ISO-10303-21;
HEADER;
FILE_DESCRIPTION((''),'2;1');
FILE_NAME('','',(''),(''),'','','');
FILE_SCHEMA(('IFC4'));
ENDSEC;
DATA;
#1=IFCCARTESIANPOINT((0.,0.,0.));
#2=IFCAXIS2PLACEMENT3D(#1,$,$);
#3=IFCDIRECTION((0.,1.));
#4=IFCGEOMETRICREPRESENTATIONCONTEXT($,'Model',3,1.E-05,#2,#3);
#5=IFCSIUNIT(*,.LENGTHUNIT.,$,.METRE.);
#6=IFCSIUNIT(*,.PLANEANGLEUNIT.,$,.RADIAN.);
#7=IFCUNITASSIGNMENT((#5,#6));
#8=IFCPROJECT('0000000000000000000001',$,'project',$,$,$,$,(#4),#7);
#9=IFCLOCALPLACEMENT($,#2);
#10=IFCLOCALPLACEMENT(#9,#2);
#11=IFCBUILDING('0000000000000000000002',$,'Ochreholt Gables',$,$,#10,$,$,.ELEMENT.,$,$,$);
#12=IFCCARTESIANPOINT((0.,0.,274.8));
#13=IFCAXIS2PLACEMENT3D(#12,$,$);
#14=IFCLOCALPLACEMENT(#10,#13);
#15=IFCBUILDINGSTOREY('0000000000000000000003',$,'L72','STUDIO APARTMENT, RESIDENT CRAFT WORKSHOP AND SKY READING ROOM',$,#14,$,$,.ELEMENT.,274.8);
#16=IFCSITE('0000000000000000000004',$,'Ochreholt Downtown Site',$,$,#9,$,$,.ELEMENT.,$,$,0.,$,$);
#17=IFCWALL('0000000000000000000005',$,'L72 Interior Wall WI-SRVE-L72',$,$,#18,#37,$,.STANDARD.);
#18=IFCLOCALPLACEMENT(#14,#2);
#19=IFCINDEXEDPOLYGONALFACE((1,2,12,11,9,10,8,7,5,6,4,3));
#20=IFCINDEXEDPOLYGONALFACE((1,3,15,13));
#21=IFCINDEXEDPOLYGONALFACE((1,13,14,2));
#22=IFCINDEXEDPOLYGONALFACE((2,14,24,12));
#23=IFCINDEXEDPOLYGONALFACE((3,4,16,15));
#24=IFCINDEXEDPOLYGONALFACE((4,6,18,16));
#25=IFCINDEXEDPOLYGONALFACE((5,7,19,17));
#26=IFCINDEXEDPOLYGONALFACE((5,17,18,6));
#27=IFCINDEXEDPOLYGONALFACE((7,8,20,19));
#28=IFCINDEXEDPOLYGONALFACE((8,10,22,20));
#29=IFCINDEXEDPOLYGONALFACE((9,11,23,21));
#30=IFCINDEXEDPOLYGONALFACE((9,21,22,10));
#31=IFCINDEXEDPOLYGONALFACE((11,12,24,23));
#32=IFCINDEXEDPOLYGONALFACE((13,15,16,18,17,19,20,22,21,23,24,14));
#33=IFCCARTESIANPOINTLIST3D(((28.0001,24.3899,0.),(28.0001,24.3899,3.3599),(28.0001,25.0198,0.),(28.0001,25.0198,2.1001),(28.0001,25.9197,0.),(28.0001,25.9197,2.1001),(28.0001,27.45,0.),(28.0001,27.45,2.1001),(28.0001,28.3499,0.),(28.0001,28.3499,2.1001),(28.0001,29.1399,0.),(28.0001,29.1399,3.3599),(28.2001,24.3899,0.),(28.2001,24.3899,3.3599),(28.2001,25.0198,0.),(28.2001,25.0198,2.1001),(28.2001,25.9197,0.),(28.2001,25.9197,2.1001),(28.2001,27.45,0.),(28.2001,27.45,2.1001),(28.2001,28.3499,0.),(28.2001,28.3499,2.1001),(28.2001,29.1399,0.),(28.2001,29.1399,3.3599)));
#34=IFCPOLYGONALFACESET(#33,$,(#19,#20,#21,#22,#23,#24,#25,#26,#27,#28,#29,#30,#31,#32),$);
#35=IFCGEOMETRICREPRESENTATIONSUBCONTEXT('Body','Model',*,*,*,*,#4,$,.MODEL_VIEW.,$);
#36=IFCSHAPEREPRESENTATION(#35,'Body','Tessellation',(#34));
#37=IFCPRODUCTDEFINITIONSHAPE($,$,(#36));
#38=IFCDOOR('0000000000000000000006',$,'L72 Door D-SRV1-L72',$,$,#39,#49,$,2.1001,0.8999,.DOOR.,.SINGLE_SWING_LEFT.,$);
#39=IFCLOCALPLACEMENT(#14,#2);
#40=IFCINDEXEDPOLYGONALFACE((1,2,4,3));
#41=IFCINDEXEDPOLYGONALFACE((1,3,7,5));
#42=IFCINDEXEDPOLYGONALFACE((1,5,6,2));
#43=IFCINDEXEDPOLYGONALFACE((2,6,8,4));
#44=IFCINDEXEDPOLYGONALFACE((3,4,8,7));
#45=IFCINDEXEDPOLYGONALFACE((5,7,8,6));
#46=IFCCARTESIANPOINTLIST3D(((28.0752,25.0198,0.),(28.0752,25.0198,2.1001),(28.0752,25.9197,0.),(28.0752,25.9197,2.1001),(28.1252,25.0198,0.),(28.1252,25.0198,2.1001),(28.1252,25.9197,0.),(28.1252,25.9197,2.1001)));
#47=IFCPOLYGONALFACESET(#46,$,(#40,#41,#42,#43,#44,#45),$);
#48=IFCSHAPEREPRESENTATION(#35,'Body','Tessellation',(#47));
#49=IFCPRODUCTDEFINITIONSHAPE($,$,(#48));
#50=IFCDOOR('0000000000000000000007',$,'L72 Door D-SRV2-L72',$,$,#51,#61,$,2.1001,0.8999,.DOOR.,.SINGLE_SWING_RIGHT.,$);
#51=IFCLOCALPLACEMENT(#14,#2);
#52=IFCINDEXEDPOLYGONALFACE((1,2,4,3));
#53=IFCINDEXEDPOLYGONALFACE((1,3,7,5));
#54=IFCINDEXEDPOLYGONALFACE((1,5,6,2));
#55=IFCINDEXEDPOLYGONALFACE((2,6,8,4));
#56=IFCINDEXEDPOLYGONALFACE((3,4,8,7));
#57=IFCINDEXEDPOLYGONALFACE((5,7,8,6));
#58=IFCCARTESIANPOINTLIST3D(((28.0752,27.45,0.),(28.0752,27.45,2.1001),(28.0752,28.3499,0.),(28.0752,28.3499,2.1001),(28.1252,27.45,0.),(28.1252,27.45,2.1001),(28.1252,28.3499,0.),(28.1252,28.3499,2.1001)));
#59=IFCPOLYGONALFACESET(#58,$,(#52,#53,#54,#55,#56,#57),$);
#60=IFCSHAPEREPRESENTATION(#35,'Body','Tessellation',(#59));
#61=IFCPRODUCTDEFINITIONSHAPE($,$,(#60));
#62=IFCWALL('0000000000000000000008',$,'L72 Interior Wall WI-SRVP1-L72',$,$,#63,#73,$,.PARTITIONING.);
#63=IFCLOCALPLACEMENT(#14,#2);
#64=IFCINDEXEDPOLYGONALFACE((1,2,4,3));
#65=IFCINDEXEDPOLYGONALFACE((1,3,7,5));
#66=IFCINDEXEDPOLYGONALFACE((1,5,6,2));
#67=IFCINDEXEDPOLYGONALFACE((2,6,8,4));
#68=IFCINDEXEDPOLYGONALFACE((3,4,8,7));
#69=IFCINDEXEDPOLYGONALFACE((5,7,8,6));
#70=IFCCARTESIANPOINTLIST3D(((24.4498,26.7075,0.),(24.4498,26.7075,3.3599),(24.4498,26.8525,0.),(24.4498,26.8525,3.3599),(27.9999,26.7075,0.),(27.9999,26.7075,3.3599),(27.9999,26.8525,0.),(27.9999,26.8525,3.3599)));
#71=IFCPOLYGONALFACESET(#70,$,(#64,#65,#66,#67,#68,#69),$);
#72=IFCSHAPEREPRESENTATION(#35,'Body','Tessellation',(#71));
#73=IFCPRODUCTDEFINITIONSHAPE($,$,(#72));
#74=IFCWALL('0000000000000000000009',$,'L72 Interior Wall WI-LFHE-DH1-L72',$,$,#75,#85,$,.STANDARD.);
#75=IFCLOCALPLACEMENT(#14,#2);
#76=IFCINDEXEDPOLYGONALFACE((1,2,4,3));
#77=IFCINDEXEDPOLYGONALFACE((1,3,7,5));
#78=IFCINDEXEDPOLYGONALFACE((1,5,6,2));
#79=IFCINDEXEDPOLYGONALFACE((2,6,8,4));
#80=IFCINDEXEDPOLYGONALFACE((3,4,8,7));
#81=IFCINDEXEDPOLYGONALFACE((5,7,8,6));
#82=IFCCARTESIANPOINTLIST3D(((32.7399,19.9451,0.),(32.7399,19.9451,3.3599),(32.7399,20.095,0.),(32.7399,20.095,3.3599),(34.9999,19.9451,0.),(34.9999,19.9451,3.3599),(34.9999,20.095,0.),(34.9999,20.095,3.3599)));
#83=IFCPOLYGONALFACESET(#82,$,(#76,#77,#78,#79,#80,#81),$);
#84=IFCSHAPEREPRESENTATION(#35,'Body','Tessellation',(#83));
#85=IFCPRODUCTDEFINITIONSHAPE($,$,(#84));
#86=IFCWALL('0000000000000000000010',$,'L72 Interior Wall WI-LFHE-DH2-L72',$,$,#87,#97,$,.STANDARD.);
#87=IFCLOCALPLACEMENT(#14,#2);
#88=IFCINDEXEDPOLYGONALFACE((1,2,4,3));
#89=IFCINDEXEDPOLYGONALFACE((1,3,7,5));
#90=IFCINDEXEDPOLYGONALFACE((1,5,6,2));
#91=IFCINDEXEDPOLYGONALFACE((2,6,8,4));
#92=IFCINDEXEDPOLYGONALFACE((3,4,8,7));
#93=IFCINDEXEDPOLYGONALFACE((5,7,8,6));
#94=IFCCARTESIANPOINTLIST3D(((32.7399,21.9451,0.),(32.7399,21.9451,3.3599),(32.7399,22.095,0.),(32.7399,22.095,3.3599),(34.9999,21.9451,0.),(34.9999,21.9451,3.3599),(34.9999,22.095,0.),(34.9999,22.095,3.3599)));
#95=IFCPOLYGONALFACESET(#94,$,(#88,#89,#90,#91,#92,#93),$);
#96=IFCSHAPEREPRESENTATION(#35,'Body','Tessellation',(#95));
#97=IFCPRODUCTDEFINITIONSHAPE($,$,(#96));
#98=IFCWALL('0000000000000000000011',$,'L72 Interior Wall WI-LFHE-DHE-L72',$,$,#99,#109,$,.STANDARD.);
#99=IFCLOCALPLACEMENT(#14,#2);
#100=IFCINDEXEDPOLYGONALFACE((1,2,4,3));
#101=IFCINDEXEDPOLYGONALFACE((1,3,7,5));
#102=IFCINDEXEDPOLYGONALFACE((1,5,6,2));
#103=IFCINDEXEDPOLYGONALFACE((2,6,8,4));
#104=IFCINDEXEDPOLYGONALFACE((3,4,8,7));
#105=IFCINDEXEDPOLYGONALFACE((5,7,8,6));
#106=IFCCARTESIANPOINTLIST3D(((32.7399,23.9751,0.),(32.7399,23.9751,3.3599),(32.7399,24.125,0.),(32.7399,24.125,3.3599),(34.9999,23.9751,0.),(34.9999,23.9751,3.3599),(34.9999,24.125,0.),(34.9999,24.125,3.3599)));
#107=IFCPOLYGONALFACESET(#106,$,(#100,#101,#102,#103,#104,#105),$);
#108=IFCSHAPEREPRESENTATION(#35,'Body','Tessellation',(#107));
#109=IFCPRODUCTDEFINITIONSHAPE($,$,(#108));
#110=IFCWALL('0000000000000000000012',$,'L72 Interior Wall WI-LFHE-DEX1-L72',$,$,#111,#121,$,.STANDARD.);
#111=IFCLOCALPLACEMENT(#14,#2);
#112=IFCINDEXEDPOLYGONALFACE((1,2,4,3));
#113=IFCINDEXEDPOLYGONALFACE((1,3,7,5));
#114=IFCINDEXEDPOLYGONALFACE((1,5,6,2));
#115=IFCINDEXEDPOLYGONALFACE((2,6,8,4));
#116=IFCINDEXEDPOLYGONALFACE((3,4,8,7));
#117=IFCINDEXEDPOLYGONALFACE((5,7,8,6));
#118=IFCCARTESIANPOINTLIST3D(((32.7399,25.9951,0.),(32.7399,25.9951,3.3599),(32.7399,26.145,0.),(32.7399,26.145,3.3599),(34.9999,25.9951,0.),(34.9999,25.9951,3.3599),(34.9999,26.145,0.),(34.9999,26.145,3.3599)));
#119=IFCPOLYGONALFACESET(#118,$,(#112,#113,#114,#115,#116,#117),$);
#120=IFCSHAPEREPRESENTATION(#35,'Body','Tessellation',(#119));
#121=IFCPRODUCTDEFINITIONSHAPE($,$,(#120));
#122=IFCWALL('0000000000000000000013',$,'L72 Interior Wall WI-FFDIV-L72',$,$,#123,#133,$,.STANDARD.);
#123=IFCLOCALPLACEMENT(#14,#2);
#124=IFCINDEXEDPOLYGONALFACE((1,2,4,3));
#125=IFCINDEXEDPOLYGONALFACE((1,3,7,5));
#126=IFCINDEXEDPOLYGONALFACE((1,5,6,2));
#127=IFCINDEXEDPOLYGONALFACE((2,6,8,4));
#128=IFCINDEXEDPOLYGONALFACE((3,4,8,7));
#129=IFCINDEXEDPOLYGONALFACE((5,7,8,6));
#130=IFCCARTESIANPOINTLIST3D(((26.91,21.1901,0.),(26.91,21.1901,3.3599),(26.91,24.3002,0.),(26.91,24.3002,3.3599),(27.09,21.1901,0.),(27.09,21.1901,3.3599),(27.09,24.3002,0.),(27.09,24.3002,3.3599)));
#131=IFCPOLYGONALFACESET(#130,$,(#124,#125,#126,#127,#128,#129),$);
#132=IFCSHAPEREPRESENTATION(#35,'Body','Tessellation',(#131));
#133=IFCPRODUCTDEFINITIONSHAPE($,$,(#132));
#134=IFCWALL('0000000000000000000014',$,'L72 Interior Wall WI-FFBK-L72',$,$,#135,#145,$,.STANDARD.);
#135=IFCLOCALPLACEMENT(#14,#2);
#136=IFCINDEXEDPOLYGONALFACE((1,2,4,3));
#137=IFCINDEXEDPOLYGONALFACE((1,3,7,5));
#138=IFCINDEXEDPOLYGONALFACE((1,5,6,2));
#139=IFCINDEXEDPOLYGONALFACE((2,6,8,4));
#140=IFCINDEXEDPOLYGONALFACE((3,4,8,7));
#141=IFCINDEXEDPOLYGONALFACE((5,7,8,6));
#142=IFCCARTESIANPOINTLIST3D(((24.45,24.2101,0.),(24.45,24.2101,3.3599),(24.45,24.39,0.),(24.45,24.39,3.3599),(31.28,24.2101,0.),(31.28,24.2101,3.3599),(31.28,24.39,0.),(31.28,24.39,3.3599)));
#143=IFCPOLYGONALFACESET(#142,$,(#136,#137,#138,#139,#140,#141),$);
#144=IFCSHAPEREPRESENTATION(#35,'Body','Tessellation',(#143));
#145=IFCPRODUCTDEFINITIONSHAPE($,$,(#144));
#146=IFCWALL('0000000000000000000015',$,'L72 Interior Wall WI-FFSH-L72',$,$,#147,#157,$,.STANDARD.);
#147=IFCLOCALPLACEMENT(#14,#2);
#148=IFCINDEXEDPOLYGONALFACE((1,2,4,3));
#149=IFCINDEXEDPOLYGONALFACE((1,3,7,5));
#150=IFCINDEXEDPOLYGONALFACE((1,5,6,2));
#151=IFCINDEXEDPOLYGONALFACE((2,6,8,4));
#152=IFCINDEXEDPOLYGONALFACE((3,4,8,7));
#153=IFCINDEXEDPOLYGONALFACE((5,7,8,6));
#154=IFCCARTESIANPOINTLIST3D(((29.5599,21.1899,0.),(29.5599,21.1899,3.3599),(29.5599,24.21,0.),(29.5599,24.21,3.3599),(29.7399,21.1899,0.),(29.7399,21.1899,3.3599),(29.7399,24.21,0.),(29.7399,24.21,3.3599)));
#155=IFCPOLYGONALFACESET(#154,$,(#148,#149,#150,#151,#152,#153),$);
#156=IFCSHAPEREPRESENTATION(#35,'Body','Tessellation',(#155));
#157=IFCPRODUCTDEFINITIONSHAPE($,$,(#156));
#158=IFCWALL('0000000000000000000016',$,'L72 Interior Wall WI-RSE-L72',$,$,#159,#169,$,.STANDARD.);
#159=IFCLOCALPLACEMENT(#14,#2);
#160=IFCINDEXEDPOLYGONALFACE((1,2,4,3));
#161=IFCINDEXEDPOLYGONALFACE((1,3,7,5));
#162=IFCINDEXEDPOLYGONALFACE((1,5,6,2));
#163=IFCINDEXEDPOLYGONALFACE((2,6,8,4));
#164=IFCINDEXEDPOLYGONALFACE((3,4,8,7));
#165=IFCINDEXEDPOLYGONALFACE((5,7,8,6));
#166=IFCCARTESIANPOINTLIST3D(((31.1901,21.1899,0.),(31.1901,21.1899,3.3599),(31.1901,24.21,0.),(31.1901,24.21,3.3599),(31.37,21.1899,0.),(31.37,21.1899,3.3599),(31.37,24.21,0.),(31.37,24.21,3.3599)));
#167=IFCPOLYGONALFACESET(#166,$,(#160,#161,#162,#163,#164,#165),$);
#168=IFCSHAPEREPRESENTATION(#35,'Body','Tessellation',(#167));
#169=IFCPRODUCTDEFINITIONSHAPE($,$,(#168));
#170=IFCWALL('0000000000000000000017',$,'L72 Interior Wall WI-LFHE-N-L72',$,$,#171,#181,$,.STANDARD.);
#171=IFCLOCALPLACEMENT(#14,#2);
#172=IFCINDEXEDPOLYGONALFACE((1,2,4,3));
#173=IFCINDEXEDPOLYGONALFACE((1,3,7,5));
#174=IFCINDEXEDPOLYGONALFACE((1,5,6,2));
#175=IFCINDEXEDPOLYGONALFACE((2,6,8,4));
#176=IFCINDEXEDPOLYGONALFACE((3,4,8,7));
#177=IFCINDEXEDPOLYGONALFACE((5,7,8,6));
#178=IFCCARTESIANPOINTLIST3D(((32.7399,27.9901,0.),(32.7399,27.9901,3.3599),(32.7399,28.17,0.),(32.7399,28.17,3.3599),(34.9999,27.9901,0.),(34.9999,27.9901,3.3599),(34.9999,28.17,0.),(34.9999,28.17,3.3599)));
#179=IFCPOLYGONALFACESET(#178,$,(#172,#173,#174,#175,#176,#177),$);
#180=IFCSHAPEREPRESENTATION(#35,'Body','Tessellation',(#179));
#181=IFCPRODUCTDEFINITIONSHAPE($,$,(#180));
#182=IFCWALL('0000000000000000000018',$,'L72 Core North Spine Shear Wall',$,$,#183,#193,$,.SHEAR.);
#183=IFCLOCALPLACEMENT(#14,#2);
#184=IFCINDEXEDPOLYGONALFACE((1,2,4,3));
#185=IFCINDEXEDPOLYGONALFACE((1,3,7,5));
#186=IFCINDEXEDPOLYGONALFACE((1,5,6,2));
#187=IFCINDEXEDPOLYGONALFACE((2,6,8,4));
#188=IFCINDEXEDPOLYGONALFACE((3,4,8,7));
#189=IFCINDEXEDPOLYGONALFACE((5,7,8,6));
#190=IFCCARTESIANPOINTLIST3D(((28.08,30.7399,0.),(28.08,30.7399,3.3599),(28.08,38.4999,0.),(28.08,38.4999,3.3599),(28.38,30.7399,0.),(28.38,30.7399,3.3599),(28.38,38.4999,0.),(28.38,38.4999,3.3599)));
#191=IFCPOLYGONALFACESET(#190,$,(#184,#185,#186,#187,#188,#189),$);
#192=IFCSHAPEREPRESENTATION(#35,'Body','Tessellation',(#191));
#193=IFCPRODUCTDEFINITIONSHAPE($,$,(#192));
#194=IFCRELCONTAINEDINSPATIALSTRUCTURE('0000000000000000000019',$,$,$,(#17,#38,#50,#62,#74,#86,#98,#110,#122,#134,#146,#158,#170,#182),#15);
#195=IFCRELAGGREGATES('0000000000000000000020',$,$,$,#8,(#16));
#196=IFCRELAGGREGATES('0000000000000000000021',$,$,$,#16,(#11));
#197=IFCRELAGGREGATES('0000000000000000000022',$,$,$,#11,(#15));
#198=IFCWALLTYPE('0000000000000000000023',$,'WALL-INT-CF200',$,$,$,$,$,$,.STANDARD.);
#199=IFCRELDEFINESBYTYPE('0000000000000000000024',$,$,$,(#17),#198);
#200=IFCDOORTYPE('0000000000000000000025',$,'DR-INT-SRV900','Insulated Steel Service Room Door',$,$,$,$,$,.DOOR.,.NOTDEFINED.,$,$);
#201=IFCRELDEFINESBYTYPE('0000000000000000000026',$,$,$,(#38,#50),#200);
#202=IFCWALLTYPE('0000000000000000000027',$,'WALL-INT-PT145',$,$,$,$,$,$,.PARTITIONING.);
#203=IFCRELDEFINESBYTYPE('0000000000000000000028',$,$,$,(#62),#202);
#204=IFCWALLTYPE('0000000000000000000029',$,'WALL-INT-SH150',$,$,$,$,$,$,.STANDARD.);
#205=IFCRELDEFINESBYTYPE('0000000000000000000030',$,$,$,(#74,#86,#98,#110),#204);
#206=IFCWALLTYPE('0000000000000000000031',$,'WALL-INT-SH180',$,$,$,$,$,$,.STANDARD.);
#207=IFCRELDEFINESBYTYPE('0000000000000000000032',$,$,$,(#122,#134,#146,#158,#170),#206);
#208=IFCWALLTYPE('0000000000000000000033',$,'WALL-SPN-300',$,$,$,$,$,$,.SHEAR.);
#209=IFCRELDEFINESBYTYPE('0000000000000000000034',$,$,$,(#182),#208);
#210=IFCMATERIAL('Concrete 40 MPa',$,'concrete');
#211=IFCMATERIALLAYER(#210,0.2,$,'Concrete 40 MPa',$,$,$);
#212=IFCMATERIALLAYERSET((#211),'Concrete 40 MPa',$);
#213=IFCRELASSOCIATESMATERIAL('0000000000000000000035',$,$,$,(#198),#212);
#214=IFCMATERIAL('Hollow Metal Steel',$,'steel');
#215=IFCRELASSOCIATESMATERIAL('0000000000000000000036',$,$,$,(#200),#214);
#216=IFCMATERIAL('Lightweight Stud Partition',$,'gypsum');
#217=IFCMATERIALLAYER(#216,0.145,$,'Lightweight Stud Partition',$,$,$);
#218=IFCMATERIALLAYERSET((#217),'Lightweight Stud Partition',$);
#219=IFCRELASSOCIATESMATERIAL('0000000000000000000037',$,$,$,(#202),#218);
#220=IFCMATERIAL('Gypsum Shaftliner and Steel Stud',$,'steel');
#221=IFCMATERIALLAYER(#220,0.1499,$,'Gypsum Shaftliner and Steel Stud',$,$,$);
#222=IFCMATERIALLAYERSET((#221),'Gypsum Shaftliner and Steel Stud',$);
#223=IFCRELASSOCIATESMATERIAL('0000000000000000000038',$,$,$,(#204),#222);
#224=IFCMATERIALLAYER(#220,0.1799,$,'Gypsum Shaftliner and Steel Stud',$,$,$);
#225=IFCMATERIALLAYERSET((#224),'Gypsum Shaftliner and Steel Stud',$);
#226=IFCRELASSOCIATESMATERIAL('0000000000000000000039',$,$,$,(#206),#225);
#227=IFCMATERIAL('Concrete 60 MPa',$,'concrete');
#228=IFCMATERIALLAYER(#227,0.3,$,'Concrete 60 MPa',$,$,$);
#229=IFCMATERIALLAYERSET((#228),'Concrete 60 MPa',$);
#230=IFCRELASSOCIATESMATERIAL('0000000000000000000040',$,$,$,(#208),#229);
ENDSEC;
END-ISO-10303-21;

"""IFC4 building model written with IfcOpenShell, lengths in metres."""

from ifc_helpers import new_model, si_unit, direction, frame, frame_2d, origin, place, context, subcontext, project, spatial, rectangle, extrude, material, layer, layer_set, type_object, element, fill, save


model = new_model("IFC4")

# Units and contexts
model_context = context("Model", 3, precision=1e-05, world=origin(), true_north=direction((0.0, 1.0)))
body_context = subcontext(model_context, "Body", "Model", "MODEL_VIEW")
ifc_project = project(units=[si_unit("LENGTHUNIT", "METRE"), si_unit("PLANEANGLEUNIT", "RADIAN")], contexts=[model_context])

# Site, building, storey
site_placement = place(None, origin())
site = spatial("IfcSite", under=ifc_project, at=site_placement, Name="Ochreholt Downtown Site", CompositionType="ELEMENT", RefElevation=0.0)
building_placement = place(site_placement, origin())
building = spatial("IfcBuilding", under=site, at=building_placement, Name="Ochreholt Gables", CompositionType="ELEMENT")
storey_placement = place(building_placement, frame((0.0, 0.0, 274.8)))
storey = spatial("IfcBuildingStorey", under=building, at=storey_placement, Name="L72", Description="STUDIO APARTMENT, RESIDENT CRAFT WORKSHOP AND SKY READING ROOM", CompositionType="ELEMENT", Elevation=274.8)

# Shared definitions
ifc_material_1 = material(Name="Concrete 40 MPa", Category="concrete")
ifc_layer_1 = layer(ifc_material_1, 0.2, Name="Concrete 40 MPa")
ifc_layer_set_1 = layer_set([ifc_layer_1], Name="Concrete 40 MPa")
wall_type_1 = type_object("IfcWallType", Name="WALL-INT-CF200", PredefinedType="STANDARD", material=ifc_layer_set_1)

# Wall, openings, doors
wall_1_placement = place(storey_placement, frame((28.1001, 24.3899, 0.0), z_axis=(0.0, 0.0, 1.0), x_axis=(0.0, 1.0, 0.0)))
wall_1 = element("IfcWall", 1, at=wall_1_placement, inside=storey, type_object=wall_type_1, Name="L72 Interior Wall WI-SRVE-L72", PredefinedType="STANDARD", context=body_context, shape_type="SweptSolid", body=[
    extrude(rectangle(XDim=4.75, YDim=0.2, at=frame_2d((2.375, 0.0))), origin(), (0.0, 0.0, 1.0), 3.3599),
])
opening_1_placement = place(wall_1_placement, frame((0.6299, 0.0, 0.0)))
opening_1 = element("IfcOpeningElement", 2, at=opening_1_placement, cuts=wall_1, PredefinedType="OPENING", context=body_context, shape_type="SweptSolid", body=[
    extrude(rectangle(XDim=0.8999, YDim=2.1001, at=frame_2d((0.45, 1.05))), frame((0.0, 0.1099, 0.0), z_axis=(0.0, -1.0, 0.0), x_axis=(1.0, 0.0, 0.0)), (0.0, 0.0, 1.0), 0.22),
])
opening_2_placement = place(wall_1_placement, frame((3.0601, 0.0, 0.0)))
opening_2 = element("IfcOpeningElement", 3, at=opening_2_placement, cuts=wall_1, PredefinedType="OPENING", context=body_context, shape_type="SweptSolid", body=[
    extrude(rectangle(XDim=0.8999, YDim=2.1001, at=frame_2d((0.45, 1.05))), frame((0.0, 0.1099, 0.0), z_axis=(0.0, -1.0, 0.0), x_axis=(1.0, 0.0, 0.0)), (0.0, 0.0, 1.0), 0.22),
])
ifc_material_2 = material(Name="Hollow Metal Steel", Category="steel")
door_type_1 = type_object("IfcDoorType", Name="DR-INT-SRV900", Description="Insulated Steel Service Room Door", OperationType="NOTDEFINED", PredefinedType="DOOR", material=ifc_material_2)
door_1_placement = place(opening_1_placement, origin())
door_1 = element("IfcDoor", 4, at=door_1_placement, inside=storey, type_object=door_type_1, Name="L72 Door D-SRV1-L72", OperationType="SINGLE_SWING_LEFT", OverallHeight=2.1001, OverallWidth=0.8999, PredefinedType="DOOR", context=body_context, shape_type="SweptSolid", body=[
    extrude(rectangle(XDim=0.8999, YDim=2.1001, at=frame_2d((0.45, 1.05))), frame((0.0, 0.0249, 0.0), z_axis=(0.0, -1.0, 0.0), x_axis=(1.0, 0.0, 0.0)), (0.0, 0.0, 1.0), 0.05),
])
fill(opening_1, door_1)
door_2_placement = place(opening_2_placement, origin())
door_2 = element("IfcDoor", 5, at=door_2_placement, inside=storey, type_object=door_type_1, Name="L72 Door D-SRV2-L72", OperationType="SINGLE_SWING_RIGHT", OverallHeight=2.1001, OverallWidth=0.8999, PredefinedType="DOOR", context=body_context, shape_type="SweptSolid", body=[
    extrude(rectangle(XDim=0.8999, YDim=2.1001, at=frame_2d((0.45, 1.05))), frame((0.0, 0.0249, 0.0), z_axis=(0.0, -1.0, 0.0), x_axis=(1.0, 0.0, 0.0)), (0.0, 0.0, 1.0), 0.05),
])
fill(opening_2, door_2)

# Walls
ifc_material_3 = material(Name="Lightweight Stud Partition", Category="gypsum")
ifc_layer_2 = layer(ifc_material_3, 0.145, Name="Lightweight Stud Partition")
ifc_layer_set_2 = layer_set([ifc_layer_2], Name="Lightweight Stud Partition")
wall_type_2 = type_object("IfcWallType", Name="WALL-INT-PT145", PredefinedType="PARTITIONING", material=ifc_layer_set_2)
wall_2_placement = place(storey_placement, frame((24.45, 26.78, 0.0), z_axis=(0.0, 0.0, 1.0), x_axis=(1.0, 0.0, 0.0)))
element("IfcWall", 6, at=wall_2_placement, inside=storey, type_object=wall_type_2, Name="L72 Interior Wall WI-SRVP1-L72", PredefinedType="PARTITIONING", context=body_context, shape_type="SweptSolid", body=[
    extrude(rectangle(XDim=3.55, YDim=0.145, at=frame_2d((1.7749, 0.0))), origin(), (0.0, 0.0, 1.0), 3.3599),
])
ifc_material_4 = material(Name="Gypsum Shaftliner and Steel Stud", Category="steel")
ifc_layer_3 = layer(ifc_material_4, 0.1499, Name="Gypsum Shaftliner and Steel Stud")
ifc_layer_set_3 = layer_set([ifc_layer_3], Name="Gypsum Shaftliner and Steel Stud")
wall_type_3 = type_object("IfcWallType", Name="WALL-INT-SH150", PredefinedType="STANDARD", material=ifc_layer_set_3)
for number, where, z_axis, x_axis, name in (
    (7, (32.74, 20.02, 0.0), (0.0, 0.0, 1.0), (1.0, 0.0, 0.0), "L72 Interior Wall WI-LFHE-DH1-L72"),
    (8, (32.74, 22.02, 0.0), (0.0, 0.0, 1.0), (1.0, 0.0, 0.0), "L72 Interior Wall WI-LFHE-DH2-L72"),
    (9, (32.74, 24.05, 0.0), (0.0, 0.0, 1.0), (1.0, 0.0, 0.0), "L72 Interior Wall WI-LFHE-DHE-L72"),
    (10, (32.74, 26.0701, 0.0), (0.0, 0.0, 1.0), (1.0, 0.0, 0.0), "L72 Interior Wall WI-LFHE-DEX1-L72"),
):
    element("IfcWall", number, at=place(storey_placement, frame(where, z_axis=z_axis, x_axis=x_axis)), inside=storey, type_object=wall_type_3, Name=name, PredefinedType="STANDARD", context=body_context, shape_type="SweptSolid", body=[
        extrude(rectangle(XDim=2.26, YDim=0.1499, at=frame_2d((1.1299, 0.0))), origin(), (0.0, 0.0, 1.0), 3.3599),
    ])
ifc_layer_4 = layer(ifc_material_4, 0.1799, Name="Gypsum Shaftliner and Steel Stud")
ifc_layer_set_4 = layer_set([ifc_layer_4], Name="Gypsum Shaftliner and Steel Stud")
wall_type_4 = type_object("IfcWallType", Name="WALL-INT-SH180", PredefinedType="STANDARD", material=ifc_layer_set_4)
wall_3_placement = place(storey_placement, frame((27.0, 21.1899, 0.0), z_axis=(0.0, 0.0, 1.0), x_axis=(0.0, 1.0, 0.0)))
element("IfcWall", 11, at=wall_3_placement, inside=storey, type_object=wall_type_4, Name="L72 Interior Wall WI-FFDIV-L72", PredefinedType="STANDARD", context=body_context, shape_type="SweptSolid", body=[
    extrude(rectangle(XDim=3.1101, YDim=0.1799, at=frame_2d((1.5552, 0.0))), origin(), (0.0, 0.0, 1.0), 3.3599),
])
wall_4_placement = place(storey_placement, frame((24.45, 24.3, 0.0), z_axis=(0.0, 0.0, 1.0), x_axis=(1.0, 0.0, 0.0)))
element("IfcWall", 12, at=wall_4_placement, inside=storey, type_object=wall_type_4, Name="L72 Interior Wall WI-FFBK-L72", PredefinedType="STANDARD", context=body_context, shape_type="SweptSolid", body=[
    extrude(rectangle(XDim=6.8301, YDim=0.1799, at=frame_2d((3.415, 0.0))), origin(), (0.0, 0.0, 1.0), 3.3599),
])
for number, where, z_axis, x_axis, name in (
    (13, (29.6499, 21.1899, 0.0), (0.0, 0.0, 1.0), (0.0, 1.0, 0.0), "L72 Interior Wall WI-FFSH-L72"),
    (14, (31.28, 21.1899, 0.0), (0.0, 0.0, 1.0), (0.0, 1.0, 0.0), "L72 Interior Wall WI-RSE-L72"),
):
    element("IfcWall", number, at=place(storey_placement, frame(where, z_axis=z_axis, x_axis=x_axis)), inside=storey, type_object=wall_type_4, Name=name, PredefinedType="STANDARD", context=body_context, shape_type="SweptSolid", body=[
        extrude(rectangle(XDim=3.02, YDim=0.1799, at=frame_2d((1.51, 0.0))), origin(), (0.0, 0.0, 1.0), 3.3599),
    ])
wall_5_placement = place(storey_placement, frame((32.74, 28.0801, 0.0), z_axis=(0.0, 0.0, 1.0), x_axis=(1.0, 0.0, 0.0)))
element("IfcWall", 15, at=wall_5_placement, inside=storey, type_object=wall_type_4, Name="L72 Interior Wall WI-LFHE-N-L72", PredefinedType="STANDARD", context=body_context, shape_type="SweptSolid", body=[
    extrude(rectangle(XDim=2.26, YDim=0.1799, at=frame_2d((1.1299, 0.0))), origin(), (0.0, 0.0, 1.0), 3.3599),
])
ifc_material_5 = material(Name="Concrete 60 MPa", Category="concrete")
ifc_layer_5 = layer(ifc_material_5, 0.3, Name="Concrete 60 MPa")
ifc_layer_set_5 = layer_set([ifc_layer_5], Name="Concrete 60 MPa")
wall_type_5 = type_object("IfcWallType", Name="WALL-SPN-300", PredefinedType="SHEAR", material=ifc_layer_set_5)
wall_6_placement = place(storey_placement, frame((28.23, 30.74, 0.0), z_axis=(0.0, 0.0, 1.0), x_axis=(0.0, 1.0, 0.0)))
element("IfcWall", 16, at=wall_6_placement, inside=storey, type_object=wall_type_5, Name="L72 Core North Spine Shear Wall", PredefinedType="SHEAR", context=body_context, shape_type="SweptSolid", body=[
    extrude(rectangle(XDim=7.76, YDim=0.3, at=frame_2d((3.8799, 0.0))), origin(), (0.0, 0.0, 1.0), 3.3599),
])

save(model, "model.ifc")
